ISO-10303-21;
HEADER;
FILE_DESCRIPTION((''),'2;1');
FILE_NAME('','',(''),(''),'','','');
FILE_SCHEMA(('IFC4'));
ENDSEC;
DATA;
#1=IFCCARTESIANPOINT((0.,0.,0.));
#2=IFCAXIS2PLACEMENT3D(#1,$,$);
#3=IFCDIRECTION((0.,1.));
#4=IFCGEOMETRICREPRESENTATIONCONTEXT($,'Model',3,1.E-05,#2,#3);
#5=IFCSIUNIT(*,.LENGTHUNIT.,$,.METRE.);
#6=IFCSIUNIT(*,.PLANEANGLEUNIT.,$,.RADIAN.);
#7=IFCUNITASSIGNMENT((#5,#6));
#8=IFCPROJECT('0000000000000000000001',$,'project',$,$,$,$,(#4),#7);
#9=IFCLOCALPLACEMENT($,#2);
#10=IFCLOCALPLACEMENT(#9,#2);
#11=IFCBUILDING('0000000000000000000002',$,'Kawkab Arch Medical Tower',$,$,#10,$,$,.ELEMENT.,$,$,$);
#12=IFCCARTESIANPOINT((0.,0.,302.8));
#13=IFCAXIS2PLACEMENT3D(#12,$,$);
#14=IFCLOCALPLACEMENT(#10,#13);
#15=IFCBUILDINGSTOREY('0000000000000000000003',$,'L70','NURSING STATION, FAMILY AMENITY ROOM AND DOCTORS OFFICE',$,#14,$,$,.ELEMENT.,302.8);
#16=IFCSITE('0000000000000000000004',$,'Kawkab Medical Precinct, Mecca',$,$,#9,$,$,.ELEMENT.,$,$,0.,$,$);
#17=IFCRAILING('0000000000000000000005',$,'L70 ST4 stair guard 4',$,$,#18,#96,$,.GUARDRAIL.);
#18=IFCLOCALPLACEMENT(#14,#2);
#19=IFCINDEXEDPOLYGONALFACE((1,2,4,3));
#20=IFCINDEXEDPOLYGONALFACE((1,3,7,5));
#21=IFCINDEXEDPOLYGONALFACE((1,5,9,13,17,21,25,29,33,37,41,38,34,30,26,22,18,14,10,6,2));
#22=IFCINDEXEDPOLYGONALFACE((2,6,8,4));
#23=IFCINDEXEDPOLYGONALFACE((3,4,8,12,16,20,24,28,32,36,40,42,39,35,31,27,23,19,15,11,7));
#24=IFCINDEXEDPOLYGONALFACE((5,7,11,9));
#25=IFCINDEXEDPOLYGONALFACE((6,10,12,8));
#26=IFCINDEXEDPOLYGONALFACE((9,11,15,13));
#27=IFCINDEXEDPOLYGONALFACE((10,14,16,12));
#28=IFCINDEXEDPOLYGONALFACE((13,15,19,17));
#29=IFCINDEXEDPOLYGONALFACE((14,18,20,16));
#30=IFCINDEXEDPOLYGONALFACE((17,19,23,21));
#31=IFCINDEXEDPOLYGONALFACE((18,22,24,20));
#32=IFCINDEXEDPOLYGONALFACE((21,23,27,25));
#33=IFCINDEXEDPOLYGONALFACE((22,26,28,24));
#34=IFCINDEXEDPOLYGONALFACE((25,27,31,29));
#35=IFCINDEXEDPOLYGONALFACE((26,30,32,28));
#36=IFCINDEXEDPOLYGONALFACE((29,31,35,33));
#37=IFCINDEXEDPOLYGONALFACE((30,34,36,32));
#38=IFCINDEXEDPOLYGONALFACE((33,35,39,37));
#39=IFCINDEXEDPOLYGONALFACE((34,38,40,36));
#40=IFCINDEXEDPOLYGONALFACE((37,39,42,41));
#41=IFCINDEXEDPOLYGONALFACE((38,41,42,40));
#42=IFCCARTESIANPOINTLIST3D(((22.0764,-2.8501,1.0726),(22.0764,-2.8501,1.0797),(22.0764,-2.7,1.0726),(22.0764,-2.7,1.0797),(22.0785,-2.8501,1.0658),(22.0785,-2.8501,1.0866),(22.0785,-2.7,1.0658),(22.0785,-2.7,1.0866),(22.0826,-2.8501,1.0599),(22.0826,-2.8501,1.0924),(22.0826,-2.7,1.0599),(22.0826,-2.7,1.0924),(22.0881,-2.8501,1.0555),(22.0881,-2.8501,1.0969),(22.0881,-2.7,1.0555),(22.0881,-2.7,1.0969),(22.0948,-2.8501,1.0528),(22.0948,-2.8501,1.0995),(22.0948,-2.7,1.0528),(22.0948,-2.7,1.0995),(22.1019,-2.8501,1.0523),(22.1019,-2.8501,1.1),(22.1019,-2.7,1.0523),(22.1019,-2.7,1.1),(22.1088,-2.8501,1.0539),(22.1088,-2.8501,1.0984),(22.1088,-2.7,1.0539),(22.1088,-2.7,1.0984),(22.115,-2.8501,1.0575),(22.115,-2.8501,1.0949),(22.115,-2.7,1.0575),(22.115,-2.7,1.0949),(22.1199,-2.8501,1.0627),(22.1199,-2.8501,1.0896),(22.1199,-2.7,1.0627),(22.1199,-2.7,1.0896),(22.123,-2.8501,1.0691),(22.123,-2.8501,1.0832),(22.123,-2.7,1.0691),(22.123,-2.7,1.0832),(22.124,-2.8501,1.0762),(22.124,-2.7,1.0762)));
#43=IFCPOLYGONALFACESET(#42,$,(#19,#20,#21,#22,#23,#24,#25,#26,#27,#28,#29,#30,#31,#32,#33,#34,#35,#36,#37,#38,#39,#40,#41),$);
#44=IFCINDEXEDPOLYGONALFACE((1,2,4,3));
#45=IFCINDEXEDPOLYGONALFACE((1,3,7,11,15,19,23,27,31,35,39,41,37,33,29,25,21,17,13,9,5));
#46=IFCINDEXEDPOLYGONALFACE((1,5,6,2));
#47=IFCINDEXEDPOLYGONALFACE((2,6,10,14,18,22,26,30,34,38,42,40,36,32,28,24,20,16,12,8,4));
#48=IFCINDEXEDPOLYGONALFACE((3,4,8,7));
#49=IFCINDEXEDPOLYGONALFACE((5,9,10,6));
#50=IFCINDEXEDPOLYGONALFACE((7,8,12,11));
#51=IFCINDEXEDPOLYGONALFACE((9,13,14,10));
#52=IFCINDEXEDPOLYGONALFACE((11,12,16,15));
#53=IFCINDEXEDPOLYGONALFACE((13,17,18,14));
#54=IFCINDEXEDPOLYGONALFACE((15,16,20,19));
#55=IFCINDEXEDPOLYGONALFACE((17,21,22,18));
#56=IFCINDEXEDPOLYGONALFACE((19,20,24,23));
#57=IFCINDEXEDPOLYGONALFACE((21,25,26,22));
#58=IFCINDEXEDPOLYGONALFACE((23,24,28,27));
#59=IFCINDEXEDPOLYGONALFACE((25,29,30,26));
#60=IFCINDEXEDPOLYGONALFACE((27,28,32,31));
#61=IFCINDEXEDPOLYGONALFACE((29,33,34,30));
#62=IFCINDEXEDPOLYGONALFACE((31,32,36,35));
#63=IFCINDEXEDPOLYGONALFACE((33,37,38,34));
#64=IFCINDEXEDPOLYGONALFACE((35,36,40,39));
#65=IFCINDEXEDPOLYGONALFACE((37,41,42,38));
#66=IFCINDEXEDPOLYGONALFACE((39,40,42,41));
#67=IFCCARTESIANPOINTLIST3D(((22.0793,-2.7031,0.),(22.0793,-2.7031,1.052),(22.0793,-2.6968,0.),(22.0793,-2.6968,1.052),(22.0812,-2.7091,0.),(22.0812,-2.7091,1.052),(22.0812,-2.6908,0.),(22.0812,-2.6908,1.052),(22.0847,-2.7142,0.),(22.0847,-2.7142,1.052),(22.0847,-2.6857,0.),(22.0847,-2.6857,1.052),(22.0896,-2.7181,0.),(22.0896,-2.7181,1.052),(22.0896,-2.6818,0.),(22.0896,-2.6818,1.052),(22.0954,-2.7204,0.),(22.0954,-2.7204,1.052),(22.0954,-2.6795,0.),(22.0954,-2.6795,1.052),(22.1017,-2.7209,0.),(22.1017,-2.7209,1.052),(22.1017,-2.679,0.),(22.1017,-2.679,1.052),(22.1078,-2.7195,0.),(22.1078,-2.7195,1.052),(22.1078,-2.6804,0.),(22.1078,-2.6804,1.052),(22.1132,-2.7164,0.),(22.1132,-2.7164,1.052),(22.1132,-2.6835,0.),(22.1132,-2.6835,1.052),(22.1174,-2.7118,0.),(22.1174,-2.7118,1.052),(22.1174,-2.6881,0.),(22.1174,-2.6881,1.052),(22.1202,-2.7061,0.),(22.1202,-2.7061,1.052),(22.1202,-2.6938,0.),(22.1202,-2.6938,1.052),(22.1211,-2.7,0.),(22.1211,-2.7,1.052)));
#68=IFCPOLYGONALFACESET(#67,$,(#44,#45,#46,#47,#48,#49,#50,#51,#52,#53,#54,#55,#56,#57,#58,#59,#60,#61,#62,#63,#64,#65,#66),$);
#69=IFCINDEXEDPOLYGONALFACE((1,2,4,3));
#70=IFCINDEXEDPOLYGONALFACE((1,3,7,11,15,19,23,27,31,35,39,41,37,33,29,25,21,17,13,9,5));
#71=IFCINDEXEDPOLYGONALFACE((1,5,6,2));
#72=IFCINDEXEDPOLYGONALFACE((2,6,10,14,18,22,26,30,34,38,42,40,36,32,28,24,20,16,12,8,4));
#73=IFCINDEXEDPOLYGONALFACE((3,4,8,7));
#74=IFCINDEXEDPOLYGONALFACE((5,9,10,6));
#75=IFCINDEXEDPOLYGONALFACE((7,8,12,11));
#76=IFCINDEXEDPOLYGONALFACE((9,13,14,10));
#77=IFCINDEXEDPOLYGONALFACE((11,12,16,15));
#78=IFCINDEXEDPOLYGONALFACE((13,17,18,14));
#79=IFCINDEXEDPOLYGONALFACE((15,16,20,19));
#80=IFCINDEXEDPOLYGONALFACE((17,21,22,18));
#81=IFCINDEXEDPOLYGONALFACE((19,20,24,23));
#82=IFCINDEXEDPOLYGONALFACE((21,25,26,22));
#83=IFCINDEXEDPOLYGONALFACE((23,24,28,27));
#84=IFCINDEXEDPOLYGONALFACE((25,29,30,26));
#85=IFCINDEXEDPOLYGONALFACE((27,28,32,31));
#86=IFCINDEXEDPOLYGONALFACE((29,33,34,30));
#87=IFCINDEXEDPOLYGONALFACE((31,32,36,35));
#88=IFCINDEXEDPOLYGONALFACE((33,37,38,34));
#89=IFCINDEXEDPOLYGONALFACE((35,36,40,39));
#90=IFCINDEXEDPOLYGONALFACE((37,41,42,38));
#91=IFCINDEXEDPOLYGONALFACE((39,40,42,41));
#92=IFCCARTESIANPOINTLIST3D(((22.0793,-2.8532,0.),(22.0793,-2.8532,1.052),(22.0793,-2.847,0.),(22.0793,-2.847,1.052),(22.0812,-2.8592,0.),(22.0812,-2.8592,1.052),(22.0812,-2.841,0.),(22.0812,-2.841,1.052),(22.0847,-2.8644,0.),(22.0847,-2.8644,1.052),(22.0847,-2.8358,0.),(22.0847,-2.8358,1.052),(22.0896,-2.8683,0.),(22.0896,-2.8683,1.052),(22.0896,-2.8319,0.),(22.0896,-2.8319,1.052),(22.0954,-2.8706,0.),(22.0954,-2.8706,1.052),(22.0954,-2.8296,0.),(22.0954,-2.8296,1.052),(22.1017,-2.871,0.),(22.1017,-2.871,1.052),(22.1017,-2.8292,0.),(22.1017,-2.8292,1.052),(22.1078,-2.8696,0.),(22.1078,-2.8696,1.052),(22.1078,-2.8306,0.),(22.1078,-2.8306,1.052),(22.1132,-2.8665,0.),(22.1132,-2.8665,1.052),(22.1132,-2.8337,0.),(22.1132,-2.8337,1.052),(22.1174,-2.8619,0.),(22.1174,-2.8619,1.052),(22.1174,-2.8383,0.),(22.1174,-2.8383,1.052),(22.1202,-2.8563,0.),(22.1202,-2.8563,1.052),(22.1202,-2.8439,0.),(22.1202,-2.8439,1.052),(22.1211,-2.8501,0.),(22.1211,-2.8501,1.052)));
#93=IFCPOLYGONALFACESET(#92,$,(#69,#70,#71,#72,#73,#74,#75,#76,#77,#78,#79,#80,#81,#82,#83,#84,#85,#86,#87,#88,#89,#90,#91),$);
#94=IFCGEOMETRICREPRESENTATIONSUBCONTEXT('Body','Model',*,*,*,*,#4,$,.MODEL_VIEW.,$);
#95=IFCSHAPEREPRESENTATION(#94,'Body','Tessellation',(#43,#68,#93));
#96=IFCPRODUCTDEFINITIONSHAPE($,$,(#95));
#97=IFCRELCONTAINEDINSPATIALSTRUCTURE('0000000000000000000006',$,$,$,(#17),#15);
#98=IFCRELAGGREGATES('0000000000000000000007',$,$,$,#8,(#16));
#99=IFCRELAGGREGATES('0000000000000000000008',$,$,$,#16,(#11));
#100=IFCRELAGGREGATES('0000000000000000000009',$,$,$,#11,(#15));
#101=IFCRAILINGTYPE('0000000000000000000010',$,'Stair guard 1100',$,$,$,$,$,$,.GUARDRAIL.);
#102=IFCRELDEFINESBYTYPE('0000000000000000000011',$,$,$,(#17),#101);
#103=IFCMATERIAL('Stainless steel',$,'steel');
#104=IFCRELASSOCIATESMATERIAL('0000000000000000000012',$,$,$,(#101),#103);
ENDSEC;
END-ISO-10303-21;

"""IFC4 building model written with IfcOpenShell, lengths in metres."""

from ifc_helpers import new_model, si_unit, direction, frame, origin, origin_2d, place, context, subcontext, project, spatial, circle, extrude, material, type_object, element, save


model = new_model("IFC4")

# Units and contexts
model_context = context("Model", 3, precision=1e-05, world=origin(), true_north=direction((0.0, 1.0)))
body_context = subcontext(model_context, "Body", "Model", "MODEL_VIEW")
ifc_project = project(units=[si_unit("LENGTHUNIT", "METRE"), si_unit("PLANEANGLEUNIT", "RADIAN")], contexts=[model_context])

# Site, building, storey
site_placement = place(None, origin())
site = spatial("IfcSite", under=ifc_project, at=site_placement, Name="Kawkab Medical Precinct, Mecca", CompositionType="ELEMENT", RefElevation=0.0)
building_placement = place(site_placement, origin())
building = spatial("IfcBuilding", under=site, at=building_placement, Name="Kawkab Arch Medical Tower", CompositionType="ELEMENT")
storey_placement = place(building_placement, frame((0.0, 0.0, 302.8)))
storey = spatial("IfcBuildingStorey", under=building, at=storey_placement, Name="L70", Description="NURSING STATION, FAMILY AMENITY ROOM AND DOCTORS OFFICE", CompositionType="ELEMENT", Elevation=302.8)

# Railing
ifc_material_1 = material(Name="Stainless steel", Category="steel")
railing_type_1 = type_object("IfcRailingType", Name="Stair guard 1100", PredefinedType="GUARDRAIL", material=ifc_material_1)
railing_1_placement = place(storey_placement, frame((22.1001, -2.7, 0.0)))
element("IfcRailing", 1, at=railing_1_placement, inside=storey, type_object=railing_type_1, Name="L70 ST4 stair guard 4", PredefinedType="GUARDRAIL", context=body_context, shape_type="SweptSolid", body=[
    extrude(circle(Radius=0.0239, at=origin_2d()), frame((0.0, 0.0, 1.0762), z_axis=(0.0, -1.0, 0.0), x_axis=(1.0, 0.0, 0.0)), (0.0, 0.0, 1.0), 0.1501),
    extrude(circle(Radius=0.021, at=origin_2d()), origin(), (0.0, 0.0, 1.0), 1.052),
    extrude(circle(Radius=0.021, at=origin_2d()), frame((0.0, -0.1501, 0.0)), (0.0, 0.0, 1.0), 1.052),
])

save(model, "model.ifc")
